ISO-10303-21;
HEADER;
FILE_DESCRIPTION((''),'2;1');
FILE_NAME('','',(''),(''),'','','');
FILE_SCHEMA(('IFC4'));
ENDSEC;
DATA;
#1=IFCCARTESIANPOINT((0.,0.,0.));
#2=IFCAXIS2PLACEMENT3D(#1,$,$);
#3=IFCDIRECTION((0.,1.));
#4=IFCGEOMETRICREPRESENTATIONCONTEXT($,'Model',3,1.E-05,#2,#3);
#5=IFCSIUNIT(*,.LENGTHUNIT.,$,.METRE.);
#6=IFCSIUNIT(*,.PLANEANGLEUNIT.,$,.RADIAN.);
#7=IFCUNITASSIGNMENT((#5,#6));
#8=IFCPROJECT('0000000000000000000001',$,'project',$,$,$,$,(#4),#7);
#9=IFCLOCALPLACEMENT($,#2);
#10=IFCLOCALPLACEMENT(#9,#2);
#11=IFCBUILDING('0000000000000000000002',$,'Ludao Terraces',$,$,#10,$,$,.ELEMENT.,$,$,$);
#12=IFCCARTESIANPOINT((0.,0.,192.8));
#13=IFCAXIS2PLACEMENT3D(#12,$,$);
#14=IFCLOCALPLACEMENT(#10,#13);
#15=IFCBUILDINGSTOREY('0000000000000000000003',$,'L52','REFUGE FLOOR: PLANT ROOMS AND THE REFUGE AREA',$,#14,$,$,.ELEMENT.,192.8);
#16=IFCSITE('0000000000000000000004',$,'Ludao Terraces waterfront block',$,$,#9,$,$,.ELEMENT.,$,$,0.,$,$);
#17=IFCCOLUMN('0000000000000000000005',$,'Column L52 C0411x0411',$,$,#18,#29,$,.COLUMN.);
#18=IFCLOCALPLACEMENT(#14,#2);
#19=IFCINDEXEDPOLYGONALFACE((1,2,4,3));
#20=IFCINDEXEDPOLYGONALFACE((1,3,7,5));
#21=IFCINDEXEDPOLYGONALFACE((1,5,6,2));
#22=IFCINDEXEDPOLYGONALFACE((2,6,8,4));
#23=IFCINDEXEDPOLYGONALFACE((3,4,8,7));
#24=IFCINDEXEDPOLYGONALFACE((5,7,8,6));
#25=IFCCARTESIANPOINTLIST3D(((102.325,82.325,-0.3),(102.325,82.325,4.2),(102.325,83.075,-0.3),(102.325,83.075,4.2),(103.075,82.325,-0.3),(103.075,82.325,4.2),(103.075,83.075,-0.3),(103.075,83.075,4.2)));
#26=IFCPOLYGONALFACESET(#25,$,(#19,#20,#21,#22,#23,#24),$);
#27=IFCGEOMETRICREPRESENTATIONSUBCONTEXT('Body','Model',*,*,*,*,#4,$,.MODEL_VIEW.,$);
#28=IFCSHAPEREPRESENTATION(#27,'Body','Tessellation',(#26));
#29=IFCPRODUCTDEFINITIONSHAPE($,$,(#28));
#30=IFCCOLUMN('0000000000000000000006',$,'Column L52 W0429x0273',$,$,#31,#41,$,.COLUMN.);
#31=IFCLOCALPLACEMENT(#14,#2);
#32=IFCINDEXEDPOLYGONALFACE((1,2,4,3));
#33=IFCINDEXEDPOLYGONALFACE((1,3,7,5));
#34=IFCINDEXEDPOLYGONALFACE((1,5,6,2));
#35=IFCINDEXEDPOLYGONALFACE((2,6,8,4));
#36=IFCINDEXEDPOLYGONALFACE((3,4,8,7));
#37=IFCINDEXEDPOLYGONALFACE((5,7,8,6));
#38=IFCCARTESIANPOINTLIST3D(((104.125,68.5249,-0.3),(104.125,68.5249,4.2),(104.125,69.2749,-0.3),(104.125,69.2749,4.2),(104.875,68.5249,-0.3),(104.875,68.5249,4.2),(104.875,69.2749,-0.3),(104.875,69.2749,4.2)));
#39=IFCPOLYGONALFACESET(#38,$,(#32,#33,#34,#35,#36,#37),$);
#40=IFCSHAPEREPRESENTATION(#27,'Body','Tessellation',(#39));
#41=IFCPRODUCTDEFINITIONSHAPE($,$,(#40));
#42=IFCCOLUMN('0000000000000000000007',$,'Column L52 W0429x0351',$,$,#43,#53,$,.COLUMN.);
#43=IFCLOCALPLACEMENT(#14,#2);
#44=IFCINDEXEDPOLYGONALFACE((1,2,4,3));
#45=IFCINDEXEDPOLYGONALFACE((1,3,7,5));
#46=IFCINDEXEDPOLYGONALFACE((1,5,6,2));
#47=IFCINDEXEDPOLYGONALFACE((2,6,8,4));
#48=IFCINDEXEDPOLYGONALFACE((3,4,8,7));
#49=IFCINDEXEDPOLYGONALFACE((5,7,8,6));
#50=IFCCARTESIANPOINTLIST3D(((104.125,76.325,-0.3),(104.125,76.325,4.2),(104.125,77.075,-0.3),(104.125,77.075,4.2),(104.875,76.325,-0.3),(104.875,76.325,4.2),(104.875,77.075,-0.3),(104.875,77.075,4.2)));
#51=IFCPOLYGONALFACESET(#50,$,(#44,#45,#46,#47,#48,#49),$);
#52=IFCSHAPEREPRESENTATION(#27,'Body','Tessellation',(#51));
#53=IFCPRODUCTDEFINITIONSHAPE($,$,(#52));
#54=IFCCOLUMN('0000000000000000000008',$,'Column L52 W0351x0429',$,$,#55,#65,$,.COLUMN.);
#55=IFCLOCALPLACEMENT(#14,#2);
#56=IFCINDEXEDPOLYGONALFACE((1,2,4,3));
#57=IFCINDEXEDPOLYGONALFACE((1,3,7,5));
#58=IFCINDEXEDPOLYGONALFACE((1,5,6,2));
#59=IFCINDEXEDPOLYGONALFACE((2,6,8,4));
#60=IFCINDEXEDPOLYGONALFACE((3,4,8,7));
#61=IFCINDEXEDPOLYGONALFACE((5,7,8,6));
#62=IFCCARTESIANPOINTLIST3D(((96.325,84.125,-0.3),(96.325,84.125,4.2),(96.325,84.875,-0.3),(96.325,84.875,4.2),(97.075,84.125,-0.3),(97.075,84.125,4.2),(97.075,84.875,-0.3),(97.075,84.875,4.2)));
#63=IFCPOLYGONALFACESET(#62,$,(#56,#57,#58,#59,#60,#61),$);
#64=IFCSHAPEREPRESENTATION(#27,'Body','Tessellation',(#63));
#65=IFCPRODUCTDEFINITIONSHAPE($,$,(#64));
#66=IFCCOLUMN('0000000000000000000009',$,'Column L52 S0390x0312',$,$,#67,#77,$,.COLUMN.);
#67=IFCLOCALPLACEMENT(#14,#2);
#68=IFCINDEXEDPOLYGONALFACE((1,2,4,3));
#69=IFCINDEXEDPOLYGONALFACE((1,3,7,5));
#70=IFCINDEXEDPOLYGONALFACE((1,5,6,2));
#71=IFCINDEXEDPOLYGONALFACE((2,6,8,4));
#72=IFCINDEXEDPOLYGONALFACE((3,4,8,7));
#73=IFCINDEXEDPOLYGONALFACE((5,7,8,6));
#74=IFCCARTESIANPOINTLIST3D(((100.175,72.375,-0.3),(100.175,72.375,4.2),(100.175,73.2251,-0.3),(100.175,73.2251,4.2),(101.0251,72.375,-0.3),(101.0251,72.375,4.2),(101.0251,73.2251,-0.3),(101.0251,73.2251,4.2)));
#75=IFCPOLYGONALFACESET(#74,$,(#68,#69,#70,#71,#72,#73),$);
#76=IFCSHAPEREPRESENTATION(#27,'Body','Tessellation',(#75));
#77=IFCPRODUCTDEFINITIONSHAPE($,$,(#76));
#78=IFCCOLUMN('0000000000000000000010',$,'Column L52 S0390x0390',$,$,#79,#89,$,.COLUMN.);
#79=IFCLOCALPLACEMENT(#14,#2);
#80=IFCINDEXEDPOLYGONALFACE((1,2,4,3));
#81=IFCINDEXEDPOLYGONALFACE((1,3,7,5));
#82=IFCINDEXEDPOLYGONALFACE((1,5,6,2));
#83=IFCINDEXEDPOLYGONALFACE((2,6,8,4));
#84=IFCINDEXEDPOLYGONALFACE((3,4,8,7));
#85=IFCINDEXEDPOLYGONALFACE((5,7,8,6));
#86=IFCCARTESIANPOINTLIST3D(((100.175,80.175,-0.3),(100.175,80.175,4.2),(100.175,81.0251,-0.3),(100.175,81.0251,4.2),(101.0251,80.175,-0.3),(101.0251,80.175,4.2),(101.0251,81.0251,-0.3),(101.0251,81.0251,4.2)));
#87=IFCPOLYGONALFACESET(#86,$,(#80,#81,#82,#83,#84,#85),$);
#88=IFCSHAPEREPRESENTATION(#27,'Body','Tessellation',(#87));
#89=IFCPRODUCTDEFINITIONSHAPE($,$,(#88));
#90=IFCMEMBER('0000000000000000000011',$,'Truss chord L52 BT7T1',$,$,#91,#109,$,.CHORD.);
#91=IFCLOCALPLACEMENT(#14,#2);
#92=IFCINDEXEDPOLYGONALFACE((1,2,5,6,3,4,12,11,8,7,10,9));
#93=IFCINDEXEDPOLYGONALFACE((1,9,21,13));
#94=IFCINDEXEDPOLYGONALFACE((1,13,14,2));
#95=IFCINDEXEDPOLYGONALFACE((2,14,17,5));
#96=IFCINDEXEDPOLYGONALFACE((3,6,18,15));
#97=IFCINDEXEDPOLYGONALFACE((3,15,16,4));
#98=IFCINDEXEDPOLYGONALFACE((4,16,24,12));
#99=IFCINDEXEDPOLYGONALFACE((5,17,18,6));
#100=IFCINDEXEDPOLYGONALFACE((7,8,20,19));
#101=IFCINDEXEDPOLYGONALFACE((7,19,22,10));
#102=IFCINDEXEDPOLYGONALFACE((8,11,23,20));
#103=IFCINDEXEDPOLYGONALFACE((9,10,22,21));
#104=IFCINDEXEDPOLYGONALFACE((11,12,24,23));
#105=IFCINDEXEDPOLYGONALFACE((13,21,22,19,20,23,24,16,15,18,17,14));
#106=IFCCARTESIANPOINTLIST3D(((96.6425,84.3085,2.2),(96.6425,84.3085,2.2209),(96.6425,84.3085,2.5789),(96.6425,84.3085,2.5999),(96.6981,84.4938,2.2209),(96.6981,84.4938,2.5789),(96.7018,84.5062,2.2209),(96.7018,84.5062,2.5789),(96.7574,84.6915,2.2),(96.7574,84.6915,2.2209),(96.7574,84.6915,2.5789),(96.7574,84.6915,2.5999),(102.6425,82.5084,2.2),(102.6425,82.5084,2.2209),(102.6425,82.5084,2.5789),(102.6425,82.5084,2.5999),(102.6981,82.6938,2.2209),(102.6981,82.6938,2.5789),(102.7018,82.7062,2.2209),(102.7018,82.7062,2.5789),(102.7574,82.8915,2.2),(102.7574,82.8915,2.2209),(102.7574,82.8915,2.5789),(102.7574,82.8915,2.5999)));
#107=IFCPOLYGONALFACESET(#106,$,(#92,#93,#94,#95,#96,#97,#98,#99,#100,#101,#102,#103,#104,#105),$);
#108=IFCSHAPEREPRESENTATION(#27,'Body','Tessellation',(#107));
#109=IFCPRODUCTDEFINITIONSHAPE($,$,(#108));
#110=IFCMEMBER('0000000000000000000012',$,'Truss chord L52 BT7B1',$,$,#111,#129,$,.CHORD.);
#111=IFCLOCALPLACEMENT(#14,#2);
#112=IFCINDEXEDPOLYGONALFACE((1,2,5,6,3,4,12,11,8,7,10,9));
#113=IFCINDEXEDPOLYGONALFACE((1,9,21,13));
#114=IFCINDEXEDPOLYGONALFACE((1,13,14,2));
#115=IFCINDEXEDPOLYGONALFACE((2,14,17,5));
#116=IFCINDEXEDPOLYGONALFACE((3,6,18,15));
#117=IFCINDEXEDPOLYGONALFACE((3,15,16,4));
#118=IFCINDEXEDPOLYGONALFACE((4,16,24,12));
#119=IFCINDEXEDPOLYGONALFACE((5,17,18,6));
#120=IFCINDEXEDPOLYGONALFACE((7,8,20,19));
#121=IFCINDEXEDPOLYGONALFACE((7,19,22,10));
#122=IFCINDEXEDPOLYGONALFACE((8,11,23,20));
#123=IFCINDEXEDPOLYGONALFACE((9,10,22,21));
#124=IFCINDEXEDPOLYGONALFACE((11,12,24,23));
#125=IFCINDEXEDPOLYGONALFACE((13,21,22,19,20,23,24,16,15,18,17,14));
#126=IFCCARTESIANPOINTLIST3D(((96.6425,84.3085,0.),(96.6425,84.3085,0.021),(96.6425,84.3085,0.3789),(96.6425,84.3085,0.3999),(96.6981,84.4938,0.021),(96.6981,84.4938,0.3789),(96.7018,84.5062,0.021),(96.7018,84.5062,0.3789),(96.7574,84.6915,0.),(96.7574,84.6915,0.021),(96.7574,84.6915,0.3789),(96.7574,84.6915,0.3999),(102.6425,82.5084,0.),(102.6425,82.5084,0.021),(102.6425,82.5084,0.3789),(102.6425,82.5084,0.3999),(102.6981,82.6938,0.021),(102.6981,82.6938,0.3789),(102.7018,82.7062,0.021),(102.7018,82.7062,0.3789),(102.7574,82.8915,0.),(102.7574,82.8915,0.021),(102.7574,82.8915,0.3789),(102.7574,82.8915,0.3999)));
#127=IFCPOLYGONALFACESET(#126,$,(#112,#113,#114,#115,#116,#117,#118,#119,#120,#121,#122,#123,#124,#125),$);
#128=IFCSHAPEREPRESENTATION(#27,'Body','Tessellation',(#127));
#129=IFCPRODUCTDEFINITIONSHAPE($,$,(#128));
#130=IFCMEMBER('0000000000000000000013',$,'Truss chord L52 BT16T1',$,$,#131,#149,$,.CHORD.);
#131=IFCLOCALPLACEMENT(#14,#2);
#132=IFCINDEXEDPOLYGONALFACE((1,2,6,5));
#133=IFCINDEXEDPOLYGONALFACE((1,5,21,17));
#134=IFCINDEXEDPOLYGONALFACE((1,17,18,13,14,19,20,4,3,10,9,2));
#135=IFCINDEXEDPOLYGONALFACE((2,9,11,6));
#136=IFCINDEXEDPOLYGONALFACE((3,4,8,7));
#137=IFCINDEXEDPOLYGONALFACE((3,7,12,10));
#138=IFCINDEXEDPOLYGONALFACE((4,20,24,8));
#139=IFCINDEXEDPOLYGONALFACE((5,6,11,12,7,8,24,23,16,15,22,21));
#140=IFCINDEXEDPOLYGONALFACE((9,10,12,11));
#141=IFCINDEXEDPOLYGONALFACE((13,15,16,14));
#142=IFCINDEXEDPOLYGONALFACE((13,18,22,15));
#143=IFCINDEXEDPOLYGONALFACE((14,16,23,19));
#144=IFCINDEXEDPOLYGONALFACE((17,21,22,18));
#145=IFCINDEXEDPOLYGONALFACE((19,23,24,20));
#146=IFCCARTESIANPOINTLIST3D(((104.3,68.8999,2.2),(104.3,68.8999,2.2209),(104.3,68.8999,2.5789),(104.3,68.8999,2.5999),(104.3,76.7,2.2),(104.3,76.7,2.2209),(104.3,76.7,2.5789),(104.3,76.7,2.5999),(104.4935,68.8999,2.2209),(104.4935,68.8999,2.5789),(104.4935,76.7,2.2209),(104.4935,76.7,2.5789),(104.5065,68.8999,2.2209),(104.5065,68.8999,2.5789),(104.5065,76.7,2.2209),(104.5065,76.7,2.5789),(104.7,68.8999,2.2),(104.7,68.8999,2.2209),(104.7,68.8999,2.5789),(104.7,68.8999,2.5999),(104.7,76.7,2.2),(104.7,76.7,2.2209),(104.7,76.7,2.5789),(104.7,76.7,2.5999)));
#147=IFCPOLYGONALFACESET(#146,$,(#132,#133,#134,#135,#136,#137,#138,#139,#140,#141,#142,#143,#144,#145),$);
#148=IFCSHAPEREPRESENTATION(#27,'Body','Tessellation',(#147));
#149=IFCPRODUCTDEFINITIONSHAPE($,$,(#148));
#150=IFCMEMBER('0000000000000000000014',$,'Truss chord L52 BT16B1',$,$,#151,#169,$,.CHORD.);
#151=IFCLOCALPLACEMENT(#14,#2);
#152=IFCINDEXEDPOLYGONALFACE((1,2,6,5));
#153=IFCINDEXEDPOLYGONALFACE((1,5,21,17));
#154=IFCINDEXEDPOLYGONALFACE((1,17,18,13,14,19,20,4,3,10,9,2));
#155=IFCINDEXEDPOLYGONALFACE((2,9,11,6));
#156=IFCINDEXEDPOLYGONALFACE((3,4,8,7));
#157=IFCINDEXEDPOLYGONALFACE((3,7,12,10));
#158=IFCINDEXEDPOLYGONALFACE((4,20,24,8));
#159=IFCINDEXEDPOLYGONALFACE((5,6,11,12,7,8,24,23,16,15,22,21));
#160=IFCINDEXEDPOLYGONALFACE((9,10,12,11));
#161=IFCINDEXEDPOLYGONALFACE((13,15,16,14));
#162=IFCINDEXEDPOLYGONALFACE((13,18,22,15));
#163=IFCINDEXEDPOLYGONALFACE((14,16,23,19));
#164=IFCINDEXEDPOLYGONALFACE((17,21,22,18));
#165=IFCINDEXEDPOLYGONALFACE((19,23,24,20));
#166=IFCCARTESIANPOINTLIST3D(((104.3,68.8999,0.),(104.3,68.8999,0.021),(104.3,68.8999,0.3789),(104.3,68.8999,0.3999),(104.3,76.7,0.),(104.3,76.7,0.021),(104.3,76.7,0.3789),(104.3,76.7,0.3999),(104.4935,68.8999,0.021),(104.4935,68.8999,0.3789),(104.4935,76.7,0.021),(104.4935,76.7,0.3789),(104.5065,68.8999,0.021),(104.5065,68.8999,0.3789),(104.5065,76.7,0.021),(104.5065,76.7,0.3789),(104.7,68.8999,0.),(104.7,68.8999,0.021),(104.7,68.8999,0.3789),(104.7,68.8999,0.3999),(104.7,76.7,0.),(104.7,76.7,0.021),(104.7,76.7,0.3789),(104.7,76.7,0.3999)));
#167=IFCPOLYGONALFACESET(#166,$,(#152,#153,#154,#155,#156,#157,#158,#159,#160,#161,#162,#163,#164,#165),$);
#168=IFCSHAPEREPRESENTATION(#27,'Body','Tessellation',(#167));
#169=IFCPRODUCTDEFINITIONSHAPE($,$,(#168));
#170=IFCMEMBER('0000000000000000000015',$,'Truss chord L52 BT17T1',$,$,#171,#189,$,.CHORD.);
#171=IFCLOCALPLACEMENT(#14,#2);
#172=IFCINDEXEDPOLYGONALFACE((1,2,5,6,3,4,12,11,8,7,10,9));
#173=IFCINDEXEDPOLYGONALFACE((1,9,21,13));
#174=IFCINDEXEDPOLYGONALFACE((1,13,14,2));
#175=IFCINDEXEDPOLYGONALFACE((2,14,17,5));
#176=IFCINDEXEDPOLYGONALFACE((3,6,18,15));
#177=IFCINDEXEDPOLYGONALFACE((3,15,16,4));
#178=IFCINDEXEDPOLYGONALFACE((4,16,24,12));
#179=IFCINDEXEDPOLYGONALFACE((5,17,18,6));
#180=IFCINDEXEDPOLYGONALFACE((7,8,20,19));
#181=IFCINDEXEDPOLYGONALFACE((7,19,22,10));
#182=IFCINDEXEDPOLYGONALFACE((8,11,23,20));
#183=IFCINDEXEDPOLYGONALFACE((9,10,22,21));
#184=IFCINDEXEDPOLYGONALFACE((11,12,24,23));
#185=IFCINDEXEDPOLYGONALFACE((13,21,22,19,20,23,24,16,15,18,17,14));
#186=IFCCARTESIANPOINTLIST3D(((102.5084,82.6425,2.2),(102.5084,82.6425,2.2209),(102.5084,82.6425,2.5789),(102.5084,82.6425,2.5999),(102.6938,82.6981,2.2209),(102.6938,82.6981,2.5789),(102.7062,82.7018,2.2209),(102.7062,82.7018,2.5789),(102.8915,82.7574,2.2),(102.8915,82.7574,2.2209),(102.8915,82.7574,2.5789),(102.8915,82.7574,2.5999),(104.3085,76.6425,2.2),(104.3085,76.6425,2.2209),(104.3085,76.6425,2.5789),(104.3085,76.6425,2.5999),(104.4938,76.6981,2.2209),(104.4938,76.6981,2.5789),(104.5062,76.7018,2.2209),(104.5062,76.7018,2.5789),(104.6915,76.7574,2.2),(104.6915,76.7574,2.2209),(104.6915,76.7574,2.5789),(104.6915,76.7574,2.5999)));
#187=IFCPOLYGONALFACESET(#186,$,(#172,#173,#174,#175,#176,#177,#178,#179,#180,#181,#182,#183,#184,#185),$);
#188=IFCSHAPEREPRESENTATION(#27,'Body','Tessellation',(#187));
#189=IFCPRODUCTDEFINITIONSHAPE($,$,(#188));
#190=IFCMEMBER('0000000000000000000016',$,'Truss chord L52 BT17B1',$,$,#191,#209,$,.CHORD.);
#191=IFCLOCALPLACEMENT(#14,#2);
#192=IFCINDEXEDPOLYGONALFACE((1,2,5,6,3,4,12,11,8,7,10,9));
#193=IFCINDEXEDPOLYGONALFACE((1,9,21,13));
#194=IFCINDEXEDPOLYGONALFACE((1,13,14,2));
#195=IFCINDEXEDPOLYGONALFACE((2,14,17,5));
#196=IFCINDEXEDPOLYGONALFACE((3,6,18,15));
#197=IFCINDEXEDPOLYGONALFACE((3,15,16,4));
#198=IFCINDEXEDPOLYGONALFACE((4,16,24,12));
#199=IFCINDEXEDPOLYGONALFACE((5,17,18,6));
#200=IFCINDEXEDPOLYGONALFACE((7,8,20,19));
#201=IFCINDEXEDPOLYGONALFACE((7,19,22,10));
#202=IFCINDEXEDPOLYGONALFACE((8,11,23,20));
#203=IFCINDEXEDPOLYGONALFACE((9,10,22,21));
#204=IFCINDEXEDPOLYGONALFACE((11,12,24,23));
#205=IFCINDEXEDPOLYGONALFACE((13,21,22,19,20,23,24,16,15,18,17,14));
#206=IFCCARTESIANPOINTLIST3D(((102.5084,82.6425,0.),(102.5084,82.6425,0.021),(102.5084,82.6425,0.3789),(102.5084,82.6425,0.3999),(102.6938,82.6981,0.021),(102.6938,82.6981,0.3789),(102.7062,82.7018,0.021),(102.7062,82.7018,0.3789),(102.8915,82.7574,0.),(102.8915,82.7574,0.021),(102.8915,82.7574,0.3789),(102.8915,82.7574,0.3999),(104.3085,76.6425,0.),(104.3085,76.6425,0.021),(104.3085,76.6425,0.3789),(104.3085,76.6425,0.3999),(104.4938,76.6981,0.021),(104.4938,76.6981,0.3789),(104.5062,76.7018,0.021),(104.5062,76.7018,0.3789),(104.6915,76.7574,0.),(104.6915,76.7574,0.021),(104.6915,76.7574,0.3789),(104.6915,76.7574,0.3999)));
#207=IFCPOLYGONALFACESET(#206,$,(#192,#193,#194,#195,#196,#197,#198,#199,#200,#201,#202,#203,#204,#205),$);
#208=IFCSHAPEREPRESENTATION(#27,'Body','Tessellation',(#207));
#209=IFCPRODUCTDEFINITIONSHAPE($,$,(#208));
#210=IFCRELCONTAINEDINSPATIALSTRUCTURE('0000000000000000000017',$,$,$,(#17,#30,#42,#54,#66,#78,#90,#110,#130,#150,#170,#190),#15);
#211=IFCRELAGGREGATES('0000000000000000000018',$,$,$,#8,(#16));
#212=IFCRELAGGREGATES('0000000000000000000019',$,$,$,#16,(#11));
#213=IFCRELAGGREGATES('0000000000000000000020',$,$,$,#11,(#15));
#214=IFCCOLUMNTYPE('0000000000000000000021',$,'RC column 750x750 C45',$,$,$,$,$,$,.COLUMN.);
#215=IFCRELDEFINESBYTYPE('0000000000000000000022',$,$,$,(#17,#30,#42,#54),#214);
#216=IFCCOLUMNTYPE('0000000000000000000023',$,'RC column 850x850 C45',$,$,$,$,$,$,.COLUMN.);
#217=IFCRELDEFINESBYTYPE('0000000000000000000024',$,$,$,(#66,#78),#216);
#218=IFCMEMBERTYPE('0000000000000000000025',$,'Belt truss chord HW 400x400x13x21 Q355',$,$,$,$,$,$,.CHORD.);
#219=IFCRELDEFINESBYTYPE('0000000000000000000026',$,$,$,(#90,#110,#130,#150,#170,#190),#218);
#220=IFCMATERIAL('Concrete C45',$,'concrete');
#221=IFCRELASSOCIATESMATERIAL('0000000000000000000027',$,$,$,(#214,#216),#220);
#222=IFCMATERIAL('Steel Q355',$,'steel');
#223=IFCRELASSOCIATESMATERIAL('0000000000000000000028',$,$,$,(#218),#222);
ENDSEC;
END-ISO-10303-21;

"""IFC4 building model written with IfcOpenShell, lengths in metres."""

from ifc_helpers import new_model, si_unit, direction, frame, origin, origin_2d, place, context, subcontext, project, spatial, rectangle, i_section, extrude, material, material_profile, profile_set, type_object, element, save


model = new_model("IFC4")

# Units and contexts
model_context = context("Model", 3, precision=1e-05, world=origin(), true_north=direction((0.0, 1.0)))
body_context = subcontext(model_context, "Body", "Model", "MODEL_VIEW")
ifc_project = project(units=[si_unit("LENGTHUNIT", "METRE"), si_unit("PLANEANGLEUNIT", "RADIAN")], contexts=[model_context])

# Site, building, storey
site_placement = place(None, origin())
site = spatial("IfcSite", under=ifc_project, at=site_placement, Name="Ludao Terraces waterfront block", CompositionType="ELEMENT", RefElevation=0.0)
building_placement = place(site_placement, origin())
building = spatial("IfcBuilding", under=site, at=building_placement, Name="Ludao Terraces", CompositionType="ELEMENT")
storey_placement = place(building_placement, frame((0.0, 0.0, 192.8)))
storey = spatial("IfcBuildingStorey", under=building, at=storey_placement, Name="L52", Description="REFUGE FLOOR: PLANT ROOMS AND THE REFUGE AREA", CompositionType="ELEMENT", Elevation=192.8)

# Columns
ifc_material_1 = material(Name="Concrete C45", Category="concrete")
ifc_material_profile_1 = material_profile(ifc_material_1, rectangle(XDim=0.75, YDim=0.75, at=origin_2d()), Name="750 X 750")
ifc_profile_set_1 = profile_set([ifc_material_profile_1], Name="Concrete C45")
column_type_1 = type_object("IfcColumnType", Name="RC column 750x750 C45", PredefinedType="COLUMN", material=ifc_profile_set_1)
for number, where, z_axis, x_axis, name in (
    (1, (102.7, 82.7, -0.3), (0.0, 0.0, 1.0), (1.0, 0.0, 0.0), "Column L52 C0411x0411"),
    (2, (104.5, 68.8999, -0.3), (0.0, 0.0, 1.0), (1.0, 0.0, 0.0), "Column L52 W0429x0273"),
    (3, (104.5, 76.7, -0.3), (0.0, 0.0, 1.0), (1.0, 0.0, 0.0), "Column L52 W0429x0351"),
    (4, (96.7, 84.5, -0.3), (0.0, 0.0, 1.0), (1.0, 0.0, 0.0), "Column L52 W0351x0429"),
):
    element("IfcColumn", number, at=place(storey_placement, frame(where, z_axis=z_axis, x_axis=x_axis)), inside=storey, type_object=column_type_1, Name=name, PredefinedType="COLUMN", context=body_context, shape_type="SweptSolid", body=[
        extrude(rectangle(XDim=0.75, YDim=0.75, at=origin_2d()), origin(), (0.0, 0.0, 1.0), 4.5),
    ])
ifc_material_profile_2 = material_profile(ifc_material_1, rectangle(XDim=0.8501, YDim=0.8501, at=origin_2d()), Name="850 X 850")
ifc_profile_set_2 = profile_set([ifc_material_profile_2], Name="Concrete C45")
column_type_2 = type_object("IfcColumnType", Name="RC column 850x850 C45", PredefinedType="COLUMN", material=ifc_profile_set_2)
for number, where, z_axis, x_axis, name in (
    (5, (100.6001, 72.8, -0.3), (0.0, 0.0, 1.0), (1.0, 0.0, 0.0), "Column L52 S0390x0312"),
    (6, (100.6001, 80.6001, -0.3), (0.0, 0.0, 1.0), (1.0, 0.0, 0.0), "Column L52 S0390x0390"),
):
    element("IfcColumn", number, at=place(storey_placement, frame(where, z_axis=z_axis, x_axis=x_axis)), inside=storey, type_object=column_type_2, Name=name, PredefinedType="COLUMN", context=body_context, shape_type="SweptSolid", body=[
        extrude(rectangle(XDim=0.8501, YDim=0.8501, at=origin_2d()), origin(), (0.0, 0.0, 1.0), 4.5),
    ])

# Members
ifc_material_2 = material(Name="Steel Q355", Category="steel")
ifc_material_profile_3 = material_profile(ifc_material_2, i_section(OverallWidth=0.3999, OverallDepth=0.3999, WebThickness=0.0129, FlangeThickness=0.021, at=origin_2d()), Name="HW 400X400X13X21")
ifc_profile_set_3 = profile_set([ifc_material_profile_3], Name="Steel Q355")
member_type_1 = type_object("IfcMemberType", Name="Belt truss chord HW 400x400x13x21 Q355", PredefinedType="CHORD", material=ifc_profile_set_3)
for number, where, z_axis, x_axis, name in (
    (7, (96.7, 84.5, 2.3999), (0.957824, -0.287355, 0.0), (0.287355, 0.957824, 0.0), "Truss chord L52 BT7T1"),
    (8, (96.7, 84.5, 0.2), (0.957824, -0.287355, 0.0), (0.287355, 0.957824, 0.0), "Truss chord L52 BT7B1"),
):
    element("IfcMember", number, at=place(storey_placement, frame(where, z_axis=z_axis, x_axis=x_axis)), inside=storey, type_object=member_type_1, Name=name, PredefinedType="CHORD", context=body_context, shape_type="SweptSolid", body=[
        extrude(i_section(OverallWidth=0.3999, OverallDepth=0.3999, WebThickness=0.0129, FlangeThickness=0.021, at=origin_2d()), origin(), (0.0, 0.0, 1.0), 6.2642),
    ])
for number, where, z_axis, x_axis, name in (
    (9, (104.5, 68.8999, 2.3999), (0.0, 1.0, 0.0), (-1.0, 0.0, 0.0), "Truss chord L52 BT16T1"),
    (10, (104.5, 68.8999, 0.2), (0.0, 1.0, 0.0), (-1.0, 0.0, 0.0), "Truss chord L52 BT16B1"),
):
    element("IfcMember", number, at=place(storey_placement, frame(where, z_axis=z_axis, x_axis=x_axis)), inside=storey, type_object=member_type_1, Name=name, PredefinedType="CHORD", context=body_context, shape_type="SweptSolid", body=[
        extrude(i_section(OverallWidth=0.3999, OverallDepth=0.3999, WebThickness=0.0129, FlangeThickness=0.021, at=origin_2d()), origin(), (0.0, 0.0, 1.0), 7.8),
    ])
for number, where, z_axis, x_axis, name in (
    (11, (104.5, 76.7, 2.3999), (-0.287355, 0.957824, 0.0), (-0.957824, -0.287355, 0.0), "Truss chord L52 BT17T1"),
    (12, (104.5, 76.7, 0.2), (-0.287355, 0.957824, 0.0), (-0.957824, -0.287355, 0.0), "Truss chord L52 BT17B1"),
):
    element("IfcMember", number, at=place(storey_placement, frame(where, z_axis=z_axis, x_axis=x_axis)), inside=storey, type_object=member_type_1, Name=name, PredefinedType="CHORD", context=body_context, shape_type="SweptSolid", body=[
        extrude(i_section(OverallWidth=0.3999, OverallDepth=0.3999, WebThickness=0.0129, FlangeThickness=0.021, at=origin_2d()), origin(), (0.0, 0.0, 1.0), 6.2642),
    ])

save(model, "model.ifc")
